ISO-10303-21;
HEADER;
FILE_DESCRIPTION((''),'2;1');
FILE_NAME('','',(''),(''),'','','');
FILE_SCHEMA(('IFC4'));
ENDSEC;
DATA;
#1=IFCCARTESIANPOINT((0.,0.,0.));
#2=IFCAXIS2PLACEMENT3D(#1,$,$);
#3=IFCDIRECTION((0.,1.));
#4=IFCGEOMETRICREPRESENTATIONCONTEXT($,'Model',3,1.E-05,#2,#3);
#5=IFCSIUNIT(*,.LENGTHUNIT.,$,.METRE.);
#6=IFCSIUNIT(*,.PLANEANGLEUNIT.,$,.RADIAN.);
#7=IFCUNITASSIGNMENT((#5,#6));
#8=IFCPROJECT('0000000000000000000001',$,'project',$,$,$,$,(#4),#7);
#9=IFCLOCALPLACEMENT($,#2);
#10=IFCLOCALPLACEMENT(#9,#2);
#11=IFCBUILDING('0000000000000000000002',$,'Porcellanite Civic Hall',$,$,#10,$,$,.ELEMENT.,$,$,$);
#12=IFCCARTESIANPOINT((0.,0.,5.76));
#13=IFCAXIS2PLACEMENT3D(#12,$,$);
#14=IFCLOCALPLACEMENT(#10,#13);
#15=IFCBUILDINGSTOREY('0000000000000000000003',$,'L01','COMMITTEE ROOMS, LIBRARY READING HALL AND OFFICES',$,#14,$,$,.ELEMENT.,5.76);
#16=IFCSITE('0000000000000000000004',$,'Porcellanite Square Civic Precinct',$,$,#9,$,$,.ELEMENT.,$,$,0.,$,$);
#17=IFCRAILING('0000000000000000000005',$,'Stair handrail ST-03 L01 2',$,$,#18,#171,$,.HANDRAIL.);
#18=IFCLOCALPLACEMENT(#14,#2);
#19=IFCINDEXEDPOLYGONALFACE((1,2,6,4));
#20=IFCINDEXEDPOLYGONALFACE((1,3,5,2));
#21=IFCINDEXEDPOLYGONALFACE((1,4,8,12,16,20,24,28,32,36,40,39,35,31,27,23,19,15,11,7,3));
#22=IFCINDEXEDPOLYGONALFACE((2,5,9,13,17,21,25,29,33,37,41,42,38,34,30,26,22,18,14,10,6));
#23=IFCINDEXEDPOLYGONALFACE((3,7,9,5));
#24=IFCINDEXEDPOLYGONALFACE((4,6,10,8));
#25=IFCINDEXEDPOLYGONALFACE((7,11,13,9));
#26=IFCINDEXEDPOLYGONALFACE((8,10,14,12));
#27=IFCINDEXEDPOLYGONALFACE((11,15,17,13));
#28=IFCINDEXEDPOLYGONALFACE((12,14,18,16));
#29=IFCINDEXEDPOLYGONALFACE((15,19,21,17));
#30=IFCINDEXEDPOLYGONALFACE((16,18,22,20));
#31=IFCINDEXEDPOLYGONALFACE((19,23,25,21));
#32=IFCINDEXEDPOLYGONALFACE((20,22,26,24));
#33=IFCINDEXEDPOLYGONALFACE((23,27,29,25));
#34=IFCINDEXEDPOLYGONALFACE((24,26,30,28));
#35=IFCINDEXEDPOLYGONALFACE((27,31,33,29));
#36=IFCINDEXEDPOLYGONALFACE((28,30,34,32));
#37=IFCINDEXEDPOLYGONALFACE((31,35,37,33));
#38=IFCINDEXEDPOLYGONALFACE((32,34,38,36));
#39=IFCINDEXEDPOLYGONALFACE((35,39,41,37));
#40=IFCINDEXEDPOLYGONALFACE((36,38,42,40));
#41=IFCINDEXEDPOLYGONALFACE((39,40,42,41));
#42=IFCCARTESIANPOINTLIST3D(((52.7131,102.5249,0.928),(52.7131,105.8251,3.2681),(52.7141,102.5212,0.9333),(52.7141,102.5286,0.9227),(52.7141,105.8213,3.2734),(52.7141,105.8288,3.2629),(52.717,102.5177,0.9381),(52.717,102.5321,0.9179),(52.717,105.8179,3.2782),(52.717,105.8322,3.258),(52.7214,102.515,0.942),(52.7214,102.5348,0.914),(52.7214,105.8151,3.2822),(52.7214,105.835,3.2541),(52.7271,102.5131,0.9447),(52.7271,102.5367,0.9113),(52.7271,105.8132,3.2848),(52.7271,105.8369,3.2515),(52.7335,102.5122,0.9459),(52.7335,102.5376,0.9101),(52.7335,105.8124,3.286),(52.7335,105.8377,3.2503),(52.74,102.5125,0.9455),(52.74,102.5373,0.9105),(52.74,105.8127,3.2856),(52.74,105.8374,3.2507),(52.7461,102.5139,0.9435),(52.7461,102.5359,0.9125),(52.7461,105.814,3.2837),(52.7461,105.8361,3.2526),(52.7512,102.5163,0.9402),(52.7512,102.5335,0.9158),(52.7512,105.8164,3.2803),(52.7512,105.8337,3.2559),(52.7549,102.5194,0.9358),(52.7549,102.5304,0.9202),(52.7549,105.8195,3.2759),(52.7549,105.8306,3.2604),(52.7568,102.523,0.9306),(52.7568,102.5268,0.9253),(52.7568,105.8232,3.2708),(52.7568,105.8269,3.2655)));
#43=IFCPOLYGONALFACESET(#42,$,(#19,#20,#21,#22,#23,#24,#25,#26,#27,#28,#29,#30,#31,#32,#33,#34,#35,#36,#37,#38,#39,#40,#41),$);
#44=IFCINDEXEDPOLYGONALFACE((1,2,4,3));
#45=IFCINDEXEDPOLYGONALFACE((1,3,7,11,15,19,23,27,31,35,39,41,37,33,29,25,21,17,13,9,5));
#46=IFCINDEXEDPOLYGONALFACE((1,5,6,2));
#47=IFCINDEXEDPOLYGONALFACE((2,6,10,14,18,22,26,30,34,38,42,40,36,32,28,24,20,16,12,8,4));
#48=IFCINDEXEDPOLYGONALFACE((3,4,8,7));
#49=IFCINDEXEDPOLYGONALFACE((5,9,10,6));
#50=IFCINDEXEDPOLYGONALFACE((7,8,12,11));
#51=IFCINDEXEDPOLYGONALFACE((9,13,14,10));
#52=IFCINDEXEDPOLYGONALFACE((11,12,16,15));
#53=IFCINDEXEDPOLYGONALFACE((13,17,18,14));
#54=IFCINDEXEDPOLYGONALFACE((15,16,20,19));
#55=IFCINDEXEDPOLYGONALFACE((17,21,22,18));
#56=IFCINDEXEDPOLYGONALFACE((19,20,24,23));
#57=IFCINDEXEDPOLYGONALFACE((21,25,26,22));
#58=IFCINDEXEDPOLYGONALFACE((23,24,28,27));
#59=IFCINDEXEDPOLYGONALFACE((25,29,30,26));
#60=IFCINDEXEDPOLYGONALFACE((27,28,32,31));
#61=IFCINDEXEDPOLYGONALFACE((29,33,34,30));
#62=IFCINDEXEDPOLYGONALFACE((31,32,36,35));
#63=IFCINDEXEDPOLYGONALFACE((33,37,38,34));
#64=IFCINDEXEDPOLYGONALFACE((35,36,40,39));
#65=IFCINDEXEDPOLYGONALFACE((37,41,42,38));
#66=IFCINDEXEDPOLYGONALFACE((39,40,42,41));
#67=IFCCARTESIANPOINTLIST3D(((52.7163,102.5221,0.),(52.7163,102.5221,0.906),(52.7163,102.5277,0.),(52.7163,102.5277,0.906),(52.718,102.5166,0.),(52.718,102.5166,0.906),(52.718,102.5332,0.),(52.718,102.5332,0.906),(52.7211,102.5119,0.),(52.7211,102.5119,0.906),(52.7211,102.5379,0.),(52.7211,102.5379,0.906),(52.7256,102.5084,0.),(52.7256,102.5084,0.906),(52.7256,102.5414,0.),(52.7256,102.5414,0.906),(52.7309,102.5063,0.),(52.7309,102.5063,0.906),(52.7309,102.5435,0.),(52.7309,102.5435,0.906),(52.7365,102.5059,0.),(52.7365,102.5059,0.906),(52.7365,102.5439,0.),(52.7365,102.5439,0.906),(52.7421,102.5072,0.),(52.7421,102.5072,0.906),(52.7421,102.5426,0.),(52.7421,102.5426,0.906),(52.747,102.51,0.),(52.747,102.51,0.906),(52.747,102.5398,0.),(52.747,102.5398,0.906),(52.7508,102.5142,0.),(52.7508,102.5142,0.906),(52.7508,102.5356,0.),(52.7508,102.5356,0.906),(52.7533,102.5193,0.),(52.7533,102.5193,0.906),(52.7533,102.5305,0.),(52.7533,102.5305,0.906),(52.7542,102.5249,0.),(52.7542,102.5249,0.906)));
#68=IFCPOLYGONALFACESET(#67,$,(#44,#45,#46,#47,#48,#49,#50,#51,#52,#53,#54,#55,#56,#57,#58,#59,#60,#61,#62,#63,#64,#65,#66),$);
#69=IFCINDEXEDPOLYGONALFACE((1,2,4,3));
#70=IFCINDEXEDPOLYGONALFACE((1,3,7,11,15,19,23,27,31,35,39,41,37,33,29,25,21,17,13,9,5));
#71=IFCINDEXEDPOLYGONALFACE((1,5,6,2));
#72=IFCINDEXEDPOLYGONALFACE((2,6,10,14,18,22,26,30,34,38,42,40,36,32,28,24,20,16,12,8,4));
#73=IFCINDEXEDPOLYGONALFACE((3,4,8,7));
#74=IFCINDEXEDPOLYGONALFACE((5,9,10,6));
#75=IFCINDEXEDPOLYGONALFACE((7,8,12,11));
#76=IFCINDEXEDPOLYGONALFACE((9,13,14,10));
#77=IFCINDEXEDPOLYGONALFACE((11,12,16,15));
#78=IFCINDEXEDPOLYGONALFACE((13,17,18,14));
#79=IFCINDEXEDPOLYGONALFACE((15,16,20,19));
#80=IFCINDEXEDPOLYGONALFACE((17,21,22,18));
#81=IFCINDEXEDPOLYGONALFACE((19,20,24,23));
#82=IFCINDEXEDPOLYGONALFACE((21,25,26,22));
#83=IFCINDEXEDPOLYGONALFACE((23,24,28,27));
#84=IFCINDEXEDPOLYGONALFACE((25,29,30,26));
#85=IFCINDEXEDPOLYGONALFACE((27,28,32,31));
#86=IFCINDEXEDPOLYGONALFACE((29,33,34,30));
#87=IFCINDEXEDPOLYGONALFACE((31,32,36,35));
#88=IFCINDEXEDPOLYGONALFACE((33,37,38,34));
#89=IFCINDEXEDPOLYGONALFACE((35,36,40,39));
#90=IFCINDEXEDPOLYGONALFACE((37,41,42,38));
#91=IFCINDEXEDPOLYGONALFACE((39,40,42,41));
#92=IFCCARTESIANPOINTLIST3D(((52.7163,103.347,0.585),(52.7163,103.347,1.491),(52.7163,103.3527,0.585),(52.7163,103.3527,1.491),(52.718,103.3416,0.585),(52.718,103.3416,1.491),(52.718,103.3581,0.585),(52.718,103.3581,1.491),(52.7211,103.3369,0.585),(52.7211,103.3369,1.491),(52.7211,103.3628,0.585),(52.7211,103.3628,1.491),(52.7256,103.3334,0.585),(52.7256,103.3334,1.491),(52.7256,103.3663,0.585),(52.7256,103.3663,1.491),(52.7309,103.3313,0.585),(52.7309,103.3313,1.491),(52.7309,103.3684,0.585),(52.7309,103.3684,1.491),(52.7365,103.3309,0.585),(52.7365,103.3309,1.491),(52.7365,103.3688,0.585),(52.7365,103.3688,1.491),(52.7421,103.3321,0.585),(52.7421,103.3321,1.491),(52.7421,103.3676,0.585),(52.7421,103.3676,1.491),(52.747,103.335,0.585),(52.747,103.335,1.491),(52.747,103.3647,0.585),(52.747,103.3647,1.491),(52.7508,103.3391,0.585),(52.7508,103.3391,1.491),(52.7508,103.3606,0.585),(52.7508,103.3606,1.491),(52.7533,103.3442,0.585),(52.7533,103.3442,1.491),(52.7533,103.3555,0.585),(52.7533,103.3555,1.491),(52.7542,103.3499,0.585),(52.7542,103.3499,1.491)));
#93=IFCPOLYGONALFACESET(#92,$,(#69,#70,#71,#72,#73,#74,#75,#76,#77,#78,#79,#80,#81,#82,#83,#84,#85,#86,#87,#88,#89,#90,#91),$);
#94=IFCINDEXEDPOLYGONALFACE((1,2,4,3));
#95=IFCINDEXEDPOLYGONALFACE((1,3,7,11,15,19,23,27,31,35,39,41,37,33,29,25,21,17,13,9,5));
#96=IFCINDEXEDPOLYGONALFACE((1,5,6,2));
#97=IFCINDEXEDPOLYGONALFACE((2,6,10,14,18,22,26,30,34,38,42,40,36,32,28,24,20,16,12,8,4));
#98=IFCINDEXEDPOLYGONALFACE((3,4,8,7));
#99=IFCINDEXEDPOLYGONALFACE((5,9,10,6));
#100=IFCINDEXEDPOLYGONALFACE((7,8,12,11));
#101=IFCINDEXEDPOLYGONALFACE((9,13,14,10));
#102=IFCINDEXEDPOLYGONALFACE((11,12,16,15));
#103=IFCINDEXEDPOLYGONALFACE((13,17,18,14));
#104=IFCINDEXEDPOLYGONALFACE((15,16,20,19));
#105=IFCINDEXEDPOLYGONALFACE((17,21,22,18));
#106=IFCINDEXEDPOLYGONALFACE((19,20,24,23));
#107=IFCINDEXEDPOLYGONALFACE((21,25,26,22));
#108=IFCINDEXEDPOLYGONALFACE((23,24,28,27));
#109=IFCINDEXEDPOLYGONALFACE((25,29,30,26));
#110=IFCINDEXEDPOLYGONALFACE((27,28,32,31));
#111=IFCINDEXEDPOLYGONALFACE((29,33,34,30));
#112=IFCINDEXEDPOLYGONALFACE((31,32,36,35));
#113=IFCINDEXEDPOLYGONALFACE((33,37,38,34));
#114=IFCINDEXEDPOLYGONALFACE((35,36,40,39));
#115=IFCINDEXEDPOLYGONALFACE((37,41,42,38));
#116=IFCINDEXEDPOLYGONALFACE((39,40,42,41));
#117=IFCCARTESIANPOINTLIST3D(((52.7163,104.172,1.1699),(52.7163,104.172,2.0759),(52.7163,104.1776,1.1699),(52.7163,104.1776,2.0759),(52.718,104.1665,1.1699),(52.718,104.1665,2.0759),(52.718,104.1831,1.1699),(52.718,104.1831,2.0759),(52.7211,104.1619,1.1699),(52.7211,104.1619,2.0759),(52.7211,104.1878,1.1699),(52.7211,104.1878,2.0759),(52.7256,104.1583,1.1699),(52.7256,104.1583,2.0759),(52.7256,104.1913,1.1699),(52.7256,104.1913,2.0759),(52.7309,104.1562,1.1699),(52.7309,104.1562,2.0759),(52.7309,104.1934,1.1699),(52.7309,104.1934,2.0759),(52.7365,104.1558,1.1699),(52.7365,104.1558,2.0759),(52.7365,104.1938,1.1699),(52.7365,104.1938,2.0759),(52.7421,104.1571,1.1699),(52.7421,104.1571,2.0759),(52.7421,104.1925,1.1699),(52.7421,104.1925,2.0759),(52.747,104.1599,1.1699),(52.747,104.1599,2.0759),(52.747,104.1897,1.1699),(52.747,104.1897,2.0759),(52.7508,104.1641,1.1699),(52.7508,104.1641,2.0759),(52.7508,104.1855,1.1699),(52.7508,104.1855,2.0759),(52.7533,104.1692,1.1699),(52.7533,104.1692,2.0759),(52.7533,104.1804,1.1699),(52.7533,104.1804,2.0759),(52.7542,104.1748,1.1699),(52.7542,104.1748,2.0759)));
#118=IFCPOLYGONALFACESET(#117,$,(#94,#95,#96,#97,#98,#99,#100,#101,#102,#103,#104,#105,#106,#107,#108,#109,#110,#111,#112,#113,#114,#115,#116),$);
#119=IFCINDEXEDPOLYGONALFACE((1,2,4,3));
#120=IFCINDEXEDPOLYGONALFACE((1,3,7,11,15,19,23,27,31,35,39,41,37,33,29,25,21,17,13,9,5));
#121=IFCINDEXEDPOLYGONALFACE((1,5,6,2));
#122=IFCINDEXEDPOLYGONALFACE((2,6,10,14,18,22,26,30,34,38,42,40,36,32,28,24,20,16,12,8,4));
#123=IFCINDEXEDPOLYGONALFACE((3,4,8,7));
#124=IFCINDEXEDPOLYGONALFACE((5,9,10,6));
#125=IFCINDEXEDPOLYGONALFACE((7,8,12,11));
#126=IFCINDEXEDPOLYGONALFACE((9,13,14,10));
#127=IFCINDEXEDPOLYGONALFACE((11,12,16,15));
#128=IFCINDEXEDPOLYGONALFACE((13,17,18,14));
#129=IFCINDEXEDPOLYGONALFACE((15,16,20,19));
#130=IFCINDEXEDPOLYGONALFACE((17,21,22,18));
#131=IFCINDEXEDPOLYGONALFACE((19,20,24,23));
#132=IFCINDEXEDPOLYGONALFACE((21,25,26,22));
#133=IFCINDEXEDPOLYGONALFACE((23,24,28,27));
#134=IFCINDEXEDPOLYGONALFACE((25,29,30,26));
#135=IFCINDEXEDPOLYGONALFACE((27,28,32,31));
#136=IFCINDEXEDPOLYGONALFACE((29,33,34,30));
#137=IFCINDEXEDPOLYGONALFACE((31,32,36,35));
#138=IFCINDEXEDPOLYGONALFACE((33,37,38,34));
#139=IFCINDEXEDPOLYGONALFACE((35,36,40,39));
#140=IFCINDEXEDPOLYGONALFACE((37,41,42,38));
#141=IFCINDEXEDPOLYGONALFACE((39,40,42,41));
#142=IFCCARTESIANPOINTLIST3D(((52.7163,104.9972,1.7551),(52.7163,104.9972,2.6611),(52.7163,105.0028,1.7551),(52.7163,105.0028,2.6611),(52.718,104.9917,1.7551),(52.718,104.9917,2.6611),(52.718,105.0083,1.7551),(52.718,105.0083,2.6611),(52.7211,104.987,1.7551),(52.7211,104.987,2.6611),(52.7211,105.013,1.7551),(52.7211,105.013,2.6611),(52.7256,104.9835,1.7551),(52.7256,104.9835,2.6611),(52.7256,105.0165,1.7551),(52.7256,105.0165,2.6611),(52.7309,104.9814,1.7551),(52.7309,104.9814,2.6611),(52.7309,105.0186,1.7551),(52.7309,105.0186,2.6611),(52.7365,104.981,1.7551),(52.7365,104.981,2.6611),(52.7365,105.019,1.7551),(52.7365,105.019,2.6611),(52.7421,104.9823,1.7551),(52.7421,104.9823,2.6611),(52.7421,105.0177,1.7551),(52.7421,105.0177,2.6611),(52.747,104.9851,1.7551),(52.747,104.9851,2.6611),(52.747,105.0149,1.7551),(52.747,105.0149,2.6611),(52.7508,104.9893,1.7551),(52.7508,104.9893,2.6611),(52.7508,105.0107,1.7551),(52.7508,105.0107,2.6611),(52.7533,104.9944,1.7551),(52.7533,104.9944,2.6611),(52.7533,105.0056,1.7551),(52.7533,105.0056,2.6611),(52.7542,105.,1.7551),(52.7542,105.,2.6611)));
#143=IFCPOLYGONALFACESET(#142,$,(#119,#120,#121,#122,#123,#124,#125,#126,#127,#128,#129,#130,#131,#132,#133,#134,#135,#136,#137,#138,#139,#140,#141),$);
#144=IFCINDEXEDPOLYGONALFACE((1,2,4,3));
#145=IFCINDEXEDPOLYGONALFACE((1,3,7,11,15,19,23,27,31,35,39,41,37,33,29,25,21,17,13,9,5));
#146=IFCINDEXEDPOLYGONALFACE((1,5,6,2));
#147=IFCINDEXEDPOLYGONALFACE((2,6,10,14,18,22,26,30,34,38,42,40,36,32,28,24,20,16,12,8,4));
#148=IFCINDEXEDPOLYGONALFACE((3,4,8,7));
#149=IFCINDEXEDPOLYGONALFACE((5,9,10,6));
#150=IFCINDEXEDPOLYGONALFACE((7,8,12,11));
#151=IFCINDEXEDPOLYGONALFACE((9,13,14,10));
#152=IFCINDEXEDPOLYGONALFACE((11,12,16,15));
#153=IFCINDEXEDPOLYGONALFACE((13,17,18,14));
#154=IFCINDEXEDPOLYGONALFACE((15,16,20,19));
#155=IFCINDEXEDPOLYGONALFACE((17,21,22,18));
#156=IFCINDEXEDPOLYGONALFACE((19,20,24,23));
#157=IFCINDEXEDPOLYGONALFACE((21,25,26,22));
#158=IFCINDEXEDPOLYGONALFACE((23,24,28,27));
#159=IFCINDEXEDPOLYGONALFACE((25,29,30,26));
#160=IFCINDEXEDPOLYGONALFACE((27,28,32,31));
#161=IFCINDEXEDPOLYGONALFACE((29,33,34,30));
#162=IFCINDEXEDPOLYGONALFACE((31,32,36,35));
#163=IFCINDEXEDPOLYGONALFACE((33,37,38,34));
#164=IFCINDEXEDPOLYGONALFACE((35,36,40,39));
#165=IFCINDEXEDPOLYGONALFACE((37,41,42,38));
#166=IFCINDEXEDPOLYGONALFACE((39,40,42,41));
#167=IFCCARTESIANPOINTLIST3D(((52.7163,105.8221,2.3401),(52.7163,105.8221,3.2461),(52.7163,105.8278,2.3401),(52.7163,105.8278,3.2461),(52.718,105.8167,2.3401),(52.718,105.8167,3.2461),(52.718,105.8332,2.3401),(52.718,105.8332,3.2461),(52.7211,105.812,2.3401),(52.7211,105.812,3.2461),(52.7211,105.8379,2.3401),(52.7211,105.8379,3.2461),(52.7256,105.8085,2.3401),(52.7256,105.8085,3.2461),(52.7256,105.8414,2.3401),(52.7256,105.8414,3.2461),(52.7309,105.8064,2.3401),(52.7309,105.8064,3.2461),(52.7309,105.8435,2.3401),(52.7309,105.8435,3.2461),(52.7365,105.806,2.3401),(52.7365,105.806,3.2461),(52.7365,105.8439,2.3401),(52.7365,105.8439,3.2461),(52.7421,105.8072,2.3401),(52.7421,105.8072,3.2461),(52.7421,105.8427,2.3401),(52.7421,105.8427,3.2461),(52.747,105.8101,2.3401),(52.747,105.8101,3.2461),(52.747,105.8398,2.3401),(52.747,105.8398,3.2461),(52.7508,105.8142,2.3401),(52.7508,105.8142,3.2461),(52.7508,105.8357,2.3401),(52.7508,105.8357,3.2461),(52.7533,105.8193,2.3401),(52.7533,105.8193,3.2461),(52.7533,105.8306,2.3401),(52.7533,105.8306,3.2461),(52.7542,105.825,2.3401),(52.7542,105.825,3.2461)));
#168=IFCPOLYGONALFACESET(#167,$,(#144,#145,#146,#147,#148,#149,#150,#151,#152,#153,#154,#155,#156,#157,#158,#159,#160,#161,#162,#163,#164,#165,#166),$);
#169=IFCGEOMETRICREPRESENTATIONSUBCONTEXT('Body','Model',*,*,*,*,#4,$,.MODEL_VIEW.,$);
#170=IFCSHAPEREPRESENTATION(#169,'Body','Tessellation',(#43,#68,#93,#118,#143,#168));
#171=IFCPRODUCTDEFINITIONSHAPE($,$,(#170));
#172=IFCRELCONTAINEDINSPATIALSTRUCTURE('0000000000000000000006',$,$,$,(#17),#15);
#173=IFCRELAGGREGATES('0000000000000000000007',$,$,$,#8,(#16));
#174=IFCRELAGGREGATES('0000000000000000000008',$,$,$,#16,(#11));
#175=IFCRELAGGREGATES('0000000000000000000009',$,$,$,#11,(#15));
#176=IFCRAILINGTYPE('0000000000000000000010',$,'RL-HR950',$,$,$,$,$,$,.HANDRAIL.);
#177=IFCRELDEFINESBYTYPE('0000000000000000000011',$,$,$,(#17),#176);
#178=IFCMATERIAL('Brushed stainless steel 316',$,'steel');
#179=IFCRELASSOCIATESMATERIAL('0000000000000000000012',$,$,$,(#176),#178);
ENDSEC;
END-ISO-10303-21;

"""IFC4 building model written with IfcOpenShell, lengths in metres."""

from ifc_helpers import new_model, si_unit, direction, frame, origin, origin_2d, place, context, subcontext, project, spatial, circle, extrude, material, type_object, element, save


model = new_model("IFC4")

# Units and contexts
model_context = context("Model", 3, precision=1e-05, world=origin(), true_north=direction((0.0, 1.0)))
body_context = subcontext(model_context, "Body", "Model", "MODEL_VIEW")
ifc_project = project(units=[si_unit("LENGTHUNIT", "METRE"), si_unit("PLANEANGLEUNIT", "RADIAN")], contexts=[model_context])

# Site, building, storey
site_placement = place(None, origin())
site = spatial("IfcSite", under=ifc_project, at=site_placement, Name="Porcellanite Square Civic Precinct", CompositionType="ELEMENT", RefElevation=0.0)
building_placement = place(site_placement, origin())
building = spatial("IfcBuilding", under=site, at=building_placement, Name="Porcellanite Civic Hall", CompositionType="ELEMENT")
storey_placement = place(building_placement, frame((0.0, 0.0, 5.76)))
storey = spatial("IfcBuildingStorey", under=building, at=storey_placement, Name="L01", Description="COMMITTEE ROOMS, LIBRARY READING HALL AND OFFICES", CompositionType="ELEMENT", Elevation=5.76)

# Railing
ifc_material_1 = material(Name="Brushed stainless steel 316", Category="steel")
railing_type_1 = type_object("IfcRailingType", Name="RL-HR950", PredefinedType="HANDRAIL", material=ifc_material_1)
railing_1_placement = place(storey_placement, frame((52.7351, 102.5249, 0.0)))
element("IfcRailing", 1, at=railing_1_placement, inside=storey, type_object=railing_type_1, Name="Stair handrail ST-03 L01 2", PredefinedType="HANDRAIL", context=body_context, shape_type="SweptSolid", body=[
    extrude(circle(Radius=0.022, at=origin_2d()), frame((0.0, 0.0, 0.928), z_axis=(0.0, 0.815727, 0.578438), x_axis=(-1.0, 0.0, 0.0)), (0.0, 0.0, 1.0), 4.0457),
    extrude(circle(Radius=0.019, at=origin_2d()), origin(), (0.0, 0.0, 1.0), 0.906),
    extrude(circle(Radius=0.019, at=origin_2d()), frame((0.0, 0.825, 0.585)), (0.0, 0.0, 1.0), 0.906),
    extrude(circle(Radius=0.019, at=origin_2d()), frame((0.0, 1.6499, 1.1699)), (0.0, 0.0, 1.0), 0.906),
    extrude(circle(Radius=0.019, at=origin_2d()), frame((0.0, 2.4751, 1.7551)), (0.0, 0.0, 1.0), 0.906),
    extrude(circle(Radius=0.019, at=origin_2d()), frame((0.0, 3.3, 2.3401)), (0.0, 0.0, 1.0), 0.906),
])

save(model, "model.ifc")
